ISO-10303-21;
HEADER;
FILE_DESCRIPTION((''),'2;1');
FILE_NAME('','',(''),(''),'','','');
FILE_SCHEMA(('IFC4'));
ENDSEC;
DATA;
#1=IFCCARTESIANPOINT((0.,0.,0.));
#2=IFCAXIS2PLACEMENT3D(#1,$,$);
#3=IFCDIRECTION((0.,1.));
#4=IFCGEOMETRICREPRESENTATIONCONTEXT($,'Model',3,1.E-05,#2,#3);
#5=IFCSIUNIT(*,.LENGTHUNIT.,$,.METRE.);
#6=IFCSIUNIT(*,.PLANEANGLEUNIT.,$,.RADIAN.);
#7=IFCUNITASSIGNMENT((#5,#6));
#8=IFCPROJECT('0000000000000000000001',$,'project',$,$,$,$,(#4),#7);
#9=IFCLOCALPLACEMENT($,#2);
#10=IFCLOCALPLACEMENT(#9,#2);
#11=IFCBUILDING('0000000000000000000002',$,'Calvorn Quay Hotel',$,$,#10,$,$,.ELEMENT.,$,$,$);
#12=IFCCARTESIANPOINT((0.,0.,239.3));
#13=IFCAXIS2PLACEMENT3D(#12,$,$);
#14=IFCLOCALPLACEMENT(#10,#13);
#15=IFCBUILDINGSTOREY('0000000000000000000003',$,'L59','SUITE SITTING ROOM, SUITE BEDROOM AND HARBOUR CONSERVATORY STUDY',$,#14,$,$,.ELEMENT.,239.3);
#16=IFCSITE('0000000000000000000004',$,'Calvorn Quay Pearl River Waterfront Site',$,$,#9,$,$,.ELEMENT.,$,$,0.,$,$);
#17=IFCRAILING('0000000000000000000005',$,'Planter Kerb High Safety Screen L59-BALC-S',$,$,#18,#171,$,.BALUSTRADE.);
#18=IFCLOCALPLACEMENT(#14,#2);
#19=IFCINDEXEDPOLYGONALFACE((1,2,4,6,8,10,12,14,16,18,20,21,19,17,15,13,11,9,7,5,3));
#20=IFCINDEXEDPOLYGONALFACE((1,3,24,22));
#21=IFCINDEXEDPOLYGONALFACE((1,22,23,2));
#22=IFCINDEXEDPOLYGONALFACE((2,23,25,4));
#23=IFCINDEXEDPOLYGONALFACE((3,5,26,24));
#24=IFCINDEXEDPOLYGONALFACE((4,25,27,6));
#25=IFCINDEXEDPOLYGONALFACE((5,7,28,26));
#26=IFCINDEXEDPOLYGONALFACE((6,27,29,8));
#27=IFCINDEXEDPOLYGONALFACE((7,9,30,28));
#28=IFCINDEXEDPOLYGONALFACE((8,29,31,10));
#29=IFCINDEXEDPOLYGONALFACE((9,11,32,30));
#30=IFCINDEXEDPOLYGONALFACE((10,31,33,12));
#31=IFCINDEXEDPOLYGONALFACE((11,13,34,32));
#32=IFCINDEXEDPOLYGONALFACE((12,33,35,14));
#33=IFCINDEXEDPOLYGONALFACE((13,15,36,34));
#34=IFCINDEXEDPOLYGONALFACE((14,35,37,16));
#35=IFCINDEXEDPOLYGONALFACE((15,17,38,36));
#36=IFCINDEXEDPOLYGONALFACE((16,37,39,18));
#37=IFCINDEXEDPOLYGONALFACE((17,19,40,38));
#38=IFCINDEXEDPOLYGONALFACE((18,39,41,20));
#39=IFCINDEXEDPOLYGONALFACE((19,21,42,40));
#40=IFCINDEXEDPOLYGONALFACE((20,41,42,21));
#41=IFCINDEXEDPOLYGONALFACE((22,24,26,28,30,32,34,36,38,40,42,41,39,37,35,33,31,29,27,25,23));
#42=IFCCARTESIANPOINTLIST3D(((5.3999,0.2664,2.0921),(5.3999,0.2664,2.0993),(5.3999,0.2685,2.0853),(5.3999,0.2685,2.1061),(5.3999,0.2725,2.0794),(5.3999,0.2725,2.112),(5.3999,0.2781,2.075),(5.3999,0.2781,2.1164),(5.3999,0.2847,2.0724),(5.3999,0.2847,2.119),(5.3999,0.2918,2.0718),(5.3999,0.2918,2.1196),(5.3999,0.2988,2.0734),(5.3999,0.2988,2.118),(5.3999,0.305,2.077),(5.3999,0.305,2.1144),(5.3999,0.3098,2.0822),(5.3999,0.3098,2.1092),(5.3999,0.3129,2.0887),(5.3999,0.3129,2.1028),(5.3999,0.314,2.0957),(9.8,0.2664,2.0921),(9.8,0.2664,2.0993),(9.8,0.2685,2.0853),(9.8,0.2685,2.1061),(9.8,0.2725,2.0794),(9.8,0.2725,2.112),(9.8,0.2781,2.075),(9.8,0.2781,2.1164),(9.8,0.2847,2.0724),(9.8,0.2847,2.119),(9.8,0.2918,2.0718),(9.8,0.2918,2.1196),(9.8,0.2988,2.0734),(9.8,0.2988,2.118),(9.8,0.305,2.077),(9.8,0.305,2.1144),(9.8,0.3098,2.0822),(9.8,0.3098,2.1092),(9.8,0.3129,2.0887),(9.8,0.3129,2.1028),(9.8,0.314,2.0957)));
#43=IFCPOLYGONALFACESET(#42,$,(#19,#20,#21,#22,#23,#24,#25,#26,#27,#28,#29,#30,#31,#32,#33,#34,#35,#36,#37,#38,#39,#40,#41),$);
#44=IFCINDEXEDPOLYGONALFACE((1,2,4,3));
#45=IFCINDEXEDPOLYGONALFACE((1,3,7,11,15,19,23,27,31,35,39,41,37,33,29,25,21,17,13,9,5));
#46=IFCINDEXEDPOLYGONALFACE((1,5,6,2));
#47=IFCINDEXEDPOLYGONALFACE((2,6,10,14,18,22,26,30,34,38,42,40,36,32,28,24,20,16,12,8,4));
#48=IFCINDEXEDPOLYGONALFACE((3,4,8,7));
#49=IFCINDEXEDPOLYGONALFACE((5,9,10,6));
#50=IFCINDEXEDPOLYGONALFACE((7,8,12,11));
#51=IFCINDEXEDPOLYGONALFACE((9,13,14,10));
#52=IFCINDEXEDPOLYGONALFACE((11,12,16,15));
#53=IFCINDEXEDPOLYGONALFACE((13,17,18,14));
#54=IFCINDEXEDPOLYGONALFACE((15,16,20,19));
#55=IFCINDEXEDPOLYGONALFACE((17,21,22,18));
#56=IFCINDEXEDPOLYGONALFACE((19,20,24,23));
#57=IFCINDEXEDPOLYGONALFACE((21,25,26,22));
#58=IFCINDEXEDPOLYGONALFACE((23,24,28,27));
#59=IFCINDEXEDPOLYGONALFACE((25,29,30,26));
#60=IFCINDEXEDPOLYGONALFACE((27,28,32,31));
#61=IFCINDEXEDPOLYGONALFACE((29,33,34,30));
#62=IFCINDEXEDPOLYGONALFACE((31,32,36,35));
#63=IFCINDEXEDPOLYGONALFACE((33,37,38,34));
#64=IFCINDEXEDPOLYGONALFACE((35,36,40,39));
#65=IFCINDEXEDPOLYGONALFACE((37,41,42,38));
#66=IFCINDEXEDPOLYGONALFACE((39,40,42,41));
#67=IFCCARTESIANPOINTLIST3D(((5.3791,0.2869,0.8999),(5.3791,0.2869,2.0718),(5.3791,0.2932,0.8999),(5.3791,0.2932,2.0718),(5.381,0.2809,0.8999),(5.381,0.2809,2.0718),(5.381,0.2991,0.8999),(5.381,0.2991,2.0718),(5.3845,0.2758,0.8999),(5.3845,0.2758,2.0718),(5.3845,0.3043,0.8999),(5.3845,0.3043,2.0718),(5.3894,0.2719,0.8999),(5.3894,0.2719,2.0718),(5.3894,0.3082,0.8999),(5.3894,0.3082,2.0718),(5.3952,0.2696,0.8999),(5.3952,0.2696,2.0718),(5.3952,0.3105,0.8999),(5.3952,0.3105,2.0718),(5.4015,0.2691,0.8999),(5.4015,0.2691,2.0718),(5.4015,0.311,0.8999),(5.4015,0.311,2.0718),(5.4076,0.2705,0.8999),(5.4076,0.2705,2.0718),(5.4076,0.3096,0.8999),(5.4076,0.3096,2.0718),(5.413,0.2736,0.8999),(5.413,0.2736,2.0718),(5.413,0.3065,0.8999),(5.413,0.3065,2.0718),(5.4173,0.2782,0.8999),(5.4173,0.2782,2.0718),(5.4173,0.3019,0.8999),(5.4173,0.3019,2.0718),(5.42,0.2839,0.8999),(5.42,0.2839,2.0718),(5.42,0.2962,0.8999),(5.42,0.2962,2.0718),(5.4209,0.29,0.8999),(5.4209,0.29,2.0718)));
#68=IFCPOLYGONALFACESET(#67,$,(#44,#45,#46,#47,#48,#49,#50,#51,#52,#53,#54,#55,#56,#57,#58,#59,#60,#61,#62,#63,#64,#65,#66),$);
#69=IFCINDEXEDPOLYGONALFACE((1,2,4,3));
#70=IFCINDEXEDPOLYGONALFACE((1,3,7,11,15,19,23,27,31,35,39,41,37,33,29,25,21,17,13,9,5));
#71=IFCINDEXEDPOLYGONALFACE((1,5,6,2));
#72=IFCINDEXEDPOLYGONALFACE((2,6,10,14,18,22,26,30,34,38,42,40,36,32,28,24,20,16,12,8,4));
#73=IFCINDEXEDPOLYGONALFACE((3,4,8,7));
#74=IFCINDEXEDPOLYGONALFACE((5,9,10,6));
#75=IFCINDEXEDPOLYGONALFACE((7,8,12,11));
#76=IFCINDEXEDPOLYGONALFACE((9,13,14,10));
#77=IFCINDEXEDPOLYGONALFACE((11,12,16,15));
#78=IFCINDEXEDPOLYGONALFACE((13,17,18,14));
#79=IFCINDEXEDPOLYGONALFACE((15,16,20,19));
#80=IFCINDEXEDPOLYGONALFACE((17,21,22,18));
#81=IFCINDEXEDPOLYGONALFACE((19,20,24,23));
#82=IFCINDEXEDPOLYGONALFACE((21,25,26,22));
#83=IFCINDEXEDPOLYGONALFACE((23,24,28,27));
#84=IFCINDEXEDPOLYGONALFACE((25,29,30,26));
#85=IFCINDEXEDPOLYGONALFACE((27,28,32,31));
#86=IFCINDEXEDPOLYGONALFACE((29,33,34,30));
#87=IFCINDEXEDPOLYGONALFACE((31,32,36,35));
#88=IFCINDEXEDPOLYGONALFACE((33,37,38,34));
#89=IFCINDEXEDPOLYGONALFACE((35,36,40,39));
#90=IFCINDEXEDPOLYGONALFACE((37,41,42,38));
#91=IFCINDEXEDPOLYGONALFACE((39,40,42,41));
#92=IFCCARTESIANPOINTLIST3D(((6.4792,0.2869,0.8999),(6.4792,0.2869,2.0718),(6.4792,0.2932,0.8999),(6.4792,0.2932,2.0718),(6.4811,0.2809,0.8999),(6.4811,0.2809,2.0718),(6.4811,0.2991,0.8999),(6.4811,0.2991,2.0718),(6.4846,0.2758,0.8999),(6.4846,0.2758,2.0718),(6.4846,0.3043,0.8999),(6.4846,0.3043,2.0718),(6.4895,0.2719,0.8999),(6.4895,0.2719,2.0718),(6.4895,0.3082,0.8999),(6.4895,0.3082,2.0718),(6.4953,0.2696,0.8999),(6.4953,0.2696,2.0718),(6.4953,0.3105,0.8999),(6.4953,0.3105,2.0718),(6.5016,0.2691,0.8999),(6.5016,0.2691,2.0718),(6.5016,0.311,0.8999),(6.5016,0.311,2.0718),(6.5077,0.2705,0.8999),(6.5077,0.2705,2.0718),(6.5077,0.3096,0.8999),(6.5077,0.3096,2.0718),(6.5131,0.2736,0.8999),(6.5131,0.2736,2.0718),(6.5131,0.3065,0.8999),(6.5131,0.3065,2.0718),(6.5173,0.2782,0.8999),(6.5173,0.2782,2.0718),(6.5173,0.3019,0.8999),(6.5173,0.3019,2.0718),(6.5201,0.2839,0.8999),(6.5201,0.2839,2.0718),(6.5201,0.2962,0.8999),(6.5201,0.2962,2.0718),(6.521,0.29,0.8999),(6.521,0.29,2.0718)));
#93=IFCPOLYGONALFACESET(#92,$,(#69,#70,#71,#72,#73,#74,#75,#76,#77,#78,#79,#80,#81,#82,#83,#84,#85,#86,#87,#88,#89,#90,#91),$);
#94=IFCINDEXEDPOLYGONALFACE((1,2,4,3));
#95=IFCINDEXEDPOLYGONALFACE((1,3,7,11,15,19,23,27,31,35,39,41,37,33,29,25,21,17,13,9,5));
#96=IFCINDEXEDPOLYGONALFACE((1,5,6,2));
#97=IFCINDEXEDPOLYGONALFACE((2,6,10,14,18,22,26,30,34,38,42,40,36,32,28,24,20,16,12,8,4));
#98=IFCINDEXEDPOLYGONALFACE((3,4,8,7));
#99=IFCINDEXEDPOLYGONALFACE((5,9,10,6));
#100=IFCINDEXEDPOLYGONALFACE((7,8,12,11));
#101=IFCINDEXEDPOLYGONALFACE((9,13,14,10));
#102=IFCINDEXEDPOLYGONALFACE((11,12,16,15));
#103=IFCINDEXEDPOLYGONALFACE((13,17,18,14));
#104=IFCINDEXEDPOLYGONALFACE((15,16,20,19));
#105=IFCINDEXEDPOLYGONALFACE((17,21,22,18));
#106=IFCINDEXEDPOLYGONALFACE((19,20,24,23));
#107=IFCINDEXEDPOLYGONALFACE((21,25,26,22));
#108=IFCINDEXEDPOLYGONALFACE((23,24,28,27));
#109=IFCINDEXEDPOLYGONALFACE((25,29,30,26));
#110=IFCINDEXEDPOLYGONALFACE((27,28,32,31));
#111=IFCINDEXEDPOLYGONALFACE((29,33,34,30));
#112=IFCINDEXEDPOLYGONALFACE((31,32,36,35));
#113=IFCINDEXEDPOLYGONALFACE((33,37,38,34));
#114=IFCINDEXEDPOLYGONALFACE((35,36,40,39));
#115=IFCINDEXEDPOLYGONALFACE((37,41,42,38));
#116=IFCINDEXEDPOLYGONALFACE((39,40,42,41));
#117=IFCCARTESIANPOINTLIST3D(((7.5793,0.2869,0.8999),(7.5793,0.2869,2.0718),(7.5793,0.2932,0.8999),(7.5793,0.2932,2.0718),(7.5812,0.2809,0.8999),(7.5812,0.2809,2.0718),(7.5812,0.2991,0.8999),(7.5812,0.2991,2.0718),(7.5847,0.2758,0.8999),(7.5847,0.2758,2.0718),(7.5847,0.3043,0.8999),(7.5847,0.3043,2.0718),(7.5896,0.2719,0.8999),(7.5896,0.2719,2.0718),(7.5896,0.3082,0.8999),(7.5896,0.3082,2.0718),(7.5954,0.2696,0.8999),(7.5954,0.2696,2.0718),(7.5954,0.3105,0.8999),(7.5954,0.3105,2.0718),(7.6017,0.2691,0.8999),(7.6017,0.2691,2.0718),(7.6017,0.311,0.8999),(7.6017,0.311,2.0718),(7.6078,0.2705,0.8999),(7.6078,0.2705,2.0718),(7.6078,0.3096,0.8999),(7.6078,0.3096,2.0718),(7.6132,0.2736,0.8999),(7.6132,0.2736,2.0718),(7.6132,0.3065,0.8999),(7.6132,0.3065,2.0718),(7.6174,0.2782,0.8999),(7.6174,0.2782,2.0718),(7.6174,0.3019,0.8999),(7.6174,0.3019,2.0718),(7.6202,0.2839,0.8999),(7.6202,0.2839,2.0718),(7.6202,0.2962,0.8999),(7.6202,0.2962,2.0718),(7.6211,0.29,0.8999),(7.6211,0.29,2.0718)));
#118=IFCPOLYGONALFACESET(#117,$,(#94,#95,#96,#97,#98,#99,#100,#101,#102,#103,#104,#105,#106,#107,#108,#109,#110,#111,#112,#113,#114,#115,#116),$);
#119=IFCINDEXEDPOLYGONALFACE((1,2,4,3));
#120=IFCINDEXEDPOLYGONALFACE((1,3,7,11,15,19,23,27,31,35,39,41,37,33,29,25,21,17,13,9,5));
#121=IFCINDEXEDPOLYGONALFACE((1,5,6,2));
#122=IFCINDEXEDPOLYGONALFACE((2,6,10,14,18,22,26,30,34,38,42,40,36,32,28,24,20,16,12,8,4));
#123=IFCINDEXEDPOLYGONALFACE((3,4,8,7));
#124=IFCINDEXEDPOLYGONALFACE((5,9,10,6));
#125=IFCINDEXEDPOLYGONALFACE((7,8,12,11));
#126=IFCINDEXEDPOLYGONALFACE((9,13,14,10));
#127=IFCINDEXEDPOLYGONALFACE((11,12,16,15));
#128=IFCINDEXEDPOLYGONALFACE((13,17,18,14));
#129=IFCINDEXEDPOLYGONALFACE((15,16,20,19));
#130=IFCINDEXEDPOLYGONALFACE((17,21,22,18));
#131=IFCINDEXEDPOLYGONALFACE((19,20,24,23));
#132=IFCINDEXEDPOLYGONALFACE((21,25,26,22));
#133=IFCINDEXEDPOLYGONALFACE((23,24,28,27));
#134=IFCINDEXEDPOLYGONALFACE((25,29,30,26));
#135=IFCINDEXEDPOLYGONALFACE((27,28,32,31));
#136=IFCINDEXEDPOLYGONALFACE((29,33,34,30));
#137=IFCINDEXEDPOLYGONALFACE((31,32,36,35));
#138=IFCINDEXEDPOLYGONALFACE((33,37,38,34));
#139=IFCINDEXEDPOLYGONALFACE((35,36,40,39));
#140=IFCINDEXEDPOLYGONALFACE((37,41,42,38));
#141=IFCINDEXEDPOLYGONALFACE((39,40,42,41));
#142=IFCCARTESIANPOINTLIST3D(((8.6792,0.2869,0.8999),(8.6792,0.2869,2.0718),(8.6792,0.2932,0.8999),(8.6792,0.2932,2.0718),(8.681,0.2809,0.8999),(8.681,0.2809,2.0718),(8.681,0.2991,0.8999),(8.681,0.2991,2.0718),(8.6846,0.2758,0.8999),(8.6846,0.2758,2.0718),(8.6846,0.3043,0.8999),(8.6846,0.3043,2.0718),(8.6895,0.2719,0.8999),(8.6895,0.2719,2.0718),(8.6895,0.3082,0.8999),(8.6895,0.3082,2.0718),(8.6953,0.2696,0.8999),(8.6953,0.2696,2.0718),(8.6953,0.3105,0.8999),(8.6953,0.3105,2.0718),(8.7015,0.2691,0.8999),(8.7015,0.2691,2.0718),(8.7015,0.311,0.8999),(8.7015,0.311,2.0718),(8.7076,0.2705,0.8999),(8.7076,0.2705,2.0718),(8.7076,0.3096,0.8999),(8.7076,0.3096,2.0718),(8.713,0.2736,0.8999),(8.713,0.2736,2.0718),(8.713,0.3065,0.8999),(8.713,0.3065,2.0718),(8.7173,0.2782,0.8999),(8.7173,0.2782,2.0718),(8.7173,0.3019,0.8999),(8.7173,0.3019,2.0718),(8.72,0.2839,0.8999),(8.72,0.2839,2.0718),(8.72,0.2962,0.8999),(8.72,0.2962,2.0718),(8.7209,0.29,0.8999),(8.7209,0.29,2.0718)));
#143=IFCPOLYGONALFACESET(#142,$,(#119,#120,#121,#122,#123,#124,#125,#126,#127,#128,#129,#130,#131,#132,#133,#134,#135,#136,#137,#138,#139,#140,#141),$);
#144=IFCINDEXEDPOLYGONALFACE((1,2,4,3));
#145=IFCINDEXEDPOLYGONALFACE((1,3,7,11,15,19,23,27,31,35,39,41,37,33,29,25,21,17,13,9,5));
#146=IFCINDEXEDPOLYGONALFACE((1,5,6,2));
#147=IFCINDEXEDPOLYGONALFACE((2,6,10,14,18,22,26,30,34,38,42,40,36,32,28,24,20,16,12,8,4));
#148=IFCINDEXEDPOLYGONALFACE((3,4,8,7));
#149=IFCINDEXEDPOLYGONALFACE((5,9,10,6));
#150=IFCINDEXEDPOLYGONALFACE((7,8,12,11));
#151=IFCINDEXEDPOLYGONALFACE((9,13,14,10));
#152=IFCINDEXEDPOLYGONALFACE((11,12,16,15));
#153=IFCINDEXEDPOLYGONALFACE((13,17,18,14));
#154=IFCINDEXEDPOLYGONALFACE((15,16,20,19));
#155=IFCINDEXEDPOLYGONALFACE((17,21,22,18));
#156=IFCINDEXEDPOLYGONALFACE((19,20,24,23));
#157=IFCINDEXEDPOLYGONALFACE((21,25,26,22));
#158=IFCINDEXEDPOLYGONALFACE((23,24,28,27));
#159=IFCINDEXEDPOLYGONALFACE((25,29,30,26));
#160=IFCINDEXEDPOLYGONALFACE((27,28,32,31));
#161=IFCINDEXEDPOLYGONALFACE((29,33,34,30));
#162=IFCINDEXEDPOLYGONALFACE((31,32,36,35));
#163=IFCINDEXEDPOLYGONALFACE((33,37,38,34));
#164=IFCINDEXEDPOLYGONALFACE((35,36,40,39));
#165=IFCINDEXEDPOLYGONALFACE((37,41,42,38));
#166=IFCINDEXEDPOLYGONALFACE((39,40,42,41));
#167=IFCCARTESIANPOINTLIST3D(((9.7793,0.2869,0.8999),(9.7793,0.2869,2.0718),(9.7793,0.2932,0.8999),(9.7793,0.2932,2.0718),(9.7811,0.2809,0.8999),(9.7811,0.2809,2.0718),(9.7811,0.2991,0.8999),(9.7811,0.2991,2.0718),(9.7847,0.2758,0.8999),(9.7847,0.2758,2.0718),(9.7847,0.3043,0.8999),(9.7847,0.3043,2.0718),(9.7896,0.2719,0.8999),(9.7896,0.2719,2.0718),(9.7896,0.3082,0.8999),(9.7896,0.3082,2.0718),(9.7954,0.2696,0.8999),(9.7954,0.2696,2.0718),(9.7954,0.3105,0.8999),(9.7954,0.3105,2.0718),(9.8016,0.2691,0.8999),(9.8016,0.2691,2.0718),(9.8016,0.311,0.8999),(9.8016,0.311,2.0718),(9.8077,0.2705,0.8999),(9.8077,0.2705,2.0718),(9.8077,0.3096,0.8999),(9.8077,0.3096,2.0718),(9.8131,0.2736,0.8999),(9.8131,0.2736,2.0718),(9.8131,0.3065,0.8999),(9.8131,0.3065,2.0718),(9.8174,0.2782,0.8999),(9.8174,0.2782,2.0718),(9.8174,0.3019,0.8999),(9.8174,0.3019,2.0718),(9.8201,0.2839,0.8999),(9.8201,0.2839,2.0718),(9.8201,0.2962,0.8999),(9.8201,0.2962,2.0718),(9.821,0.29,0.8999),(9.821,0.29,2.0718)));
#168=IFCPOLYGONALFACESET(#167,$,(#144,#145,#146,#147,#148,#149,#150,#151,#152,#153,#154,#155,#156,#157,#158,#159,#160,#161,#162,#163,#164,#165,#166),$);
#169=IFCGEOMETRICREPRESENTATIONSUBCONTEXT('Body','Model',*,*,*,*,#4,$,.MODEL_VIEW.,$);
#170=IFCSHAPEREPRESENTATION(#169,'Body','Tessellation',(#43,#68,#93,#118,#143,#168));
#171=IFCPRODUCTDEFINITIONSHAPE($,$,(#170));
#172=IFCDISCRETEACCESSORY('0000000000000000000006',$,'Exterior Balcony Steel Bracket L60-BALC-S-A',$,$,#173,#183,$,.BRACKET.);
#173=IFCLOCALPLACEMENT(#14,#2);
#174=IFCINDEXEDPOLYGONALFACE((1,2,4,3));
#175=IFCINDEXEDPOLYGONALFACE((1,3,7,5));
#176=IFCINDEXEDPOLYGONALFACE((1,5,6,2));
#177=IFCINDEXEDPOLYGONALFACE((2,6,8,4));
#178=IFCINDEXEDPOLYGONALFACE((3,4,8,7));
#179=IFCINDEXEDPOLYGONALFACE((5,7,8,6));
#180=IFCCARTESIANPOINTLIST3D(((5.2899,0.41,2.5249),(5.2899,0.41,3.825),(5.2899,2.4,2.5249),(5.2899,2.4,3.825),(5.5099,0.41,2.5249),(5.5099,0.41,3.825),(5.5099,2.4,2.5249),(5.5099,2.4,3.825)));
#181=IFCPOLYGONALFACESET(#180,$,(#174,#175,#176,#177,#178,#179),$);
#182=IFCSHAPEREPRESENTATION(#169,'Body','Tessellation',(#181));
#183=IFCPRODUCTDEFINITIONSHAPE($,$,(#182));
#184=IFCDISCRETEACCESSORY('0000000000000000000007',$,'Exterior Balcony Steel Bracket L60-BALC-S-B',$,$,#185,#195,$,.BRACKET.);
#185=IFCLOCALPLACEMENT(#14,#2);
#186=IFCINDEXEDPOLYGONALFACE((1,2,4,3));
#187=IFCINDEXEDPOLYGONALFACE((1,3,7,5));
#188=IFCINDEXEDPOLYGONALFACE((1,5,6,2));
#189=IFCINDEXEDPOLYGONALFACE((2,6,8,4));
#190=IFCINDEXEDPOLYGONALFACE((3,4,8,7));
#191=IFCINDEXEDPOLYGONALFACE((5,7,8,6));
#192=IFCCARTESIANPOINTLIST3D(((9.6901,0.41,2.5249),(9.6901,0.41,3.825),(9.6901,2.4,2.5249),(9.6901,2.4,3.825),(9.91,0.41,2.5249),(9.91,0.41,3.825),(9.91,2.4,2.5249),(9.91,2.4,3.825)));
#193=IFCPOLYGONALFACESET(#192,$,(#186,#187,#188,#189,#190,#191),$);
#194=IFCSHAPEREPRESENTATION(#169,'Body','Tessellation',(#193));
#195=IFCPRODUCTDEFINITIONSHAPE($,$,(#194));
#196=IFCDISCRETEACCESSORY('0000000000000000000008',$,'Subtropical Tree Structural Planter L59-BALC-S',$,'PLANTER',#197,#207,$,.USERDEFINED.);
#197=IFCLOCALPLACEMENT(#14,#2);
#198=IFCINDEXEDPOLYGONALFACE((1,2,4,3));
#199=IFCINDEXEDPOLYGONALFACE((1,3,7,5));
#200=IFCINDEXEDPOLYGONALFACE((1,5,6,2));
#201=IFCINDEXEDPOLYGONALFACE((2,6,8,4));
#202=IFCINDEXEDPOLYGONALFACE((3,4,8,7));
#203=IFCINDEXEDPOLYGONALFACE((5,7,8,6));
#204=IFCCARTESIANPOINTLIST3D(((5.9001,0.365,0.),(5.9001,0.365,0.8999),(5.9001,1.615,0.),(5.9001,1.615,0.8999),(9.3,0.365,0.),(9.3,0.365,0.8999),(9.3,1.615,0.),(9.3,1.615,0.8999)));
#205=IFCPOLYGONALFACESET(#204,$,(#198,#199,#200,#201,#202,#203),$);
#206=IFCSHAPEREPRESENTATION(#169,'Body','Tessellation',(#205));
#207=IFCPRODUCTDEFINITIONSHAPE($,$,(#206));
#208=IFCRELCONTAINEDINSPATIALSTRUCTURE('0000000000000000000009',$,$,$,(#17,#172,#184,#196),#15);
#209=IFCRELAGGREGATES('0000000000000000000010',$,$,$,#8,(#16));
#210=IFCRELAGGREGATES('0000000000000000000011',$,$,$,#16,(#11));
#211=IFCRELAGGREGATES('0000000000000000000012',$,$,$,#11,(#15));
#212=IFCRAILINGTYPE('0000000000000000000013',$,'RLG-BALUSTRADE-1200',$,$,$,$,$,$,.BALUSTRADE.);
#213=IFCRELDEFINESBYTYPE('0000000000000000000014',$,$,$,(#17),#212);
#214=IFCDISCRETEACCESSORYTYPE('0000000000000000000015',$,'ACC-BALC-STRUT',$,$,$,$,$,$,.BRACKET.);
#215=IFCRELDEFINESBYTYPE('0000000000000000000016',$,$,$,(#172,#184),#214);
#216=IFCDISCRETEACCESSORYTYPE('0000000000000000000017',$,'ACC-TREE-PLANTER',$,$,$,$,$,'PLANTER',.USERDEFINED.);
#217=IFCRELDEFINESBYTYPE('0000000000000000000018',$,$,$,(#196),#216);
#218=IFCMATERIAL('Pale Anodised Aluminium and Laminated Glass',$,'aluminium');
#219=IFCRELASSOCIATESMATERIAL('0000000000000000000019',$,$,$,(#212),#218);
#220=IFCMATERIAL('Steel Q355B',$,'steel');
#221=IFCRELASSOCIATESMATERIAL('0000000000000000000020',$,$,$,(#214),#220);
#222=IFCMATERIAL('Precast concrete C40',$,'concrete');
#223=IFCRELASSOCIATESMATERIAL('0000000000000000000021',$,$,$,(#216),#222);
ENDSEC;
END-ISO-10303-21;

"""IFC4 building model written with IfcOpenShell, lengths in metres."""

from ifc_helpers import new_model, si_unit, direction, frame, origin, origin_2d, place, context, subcontext, project, spatial, rectangle, circle, extrude, material, type_object, element, save


model = new_model("IFC4")

# Units and contexts
model_context = context("Model", 3, precision=1e-05, world=origin(), true_north=direction((0.0, 1.0)))
body_context = subcontext(model_context, "Body", "Model", "MODEL_VIEW")
ifc_project = project(units=[si_unit("LENGTHUNIT", "METRE"), si_unit("PLANEANGLEUNIT", "RADIAN")], contexts=[model_context])

# Site, building, storey
site_placement = place(None, origin())
site = spatial("IfcSite", under=ifc_project, at=site_placement, Name="Calvorn Quay Pearl River Waterfront Site", CompositionType="ELEMENT", RefElevation=0.0)
building_placement = place(site_placement, origin())
building = spatial("IfcBuilding", under=site, at=building_placement, Name="Calvorn Quay Hotel", CompositionType="ELEMENT")
storey_placement = place(building_placement, frame((0.0, 0.0, 239.3)))
storey = spatial("IfcBuildingStorey", under=building, at=storey_placement, Name="L59", Description="SUITE SITTING ROOM, SUITE BEDROOM AND HARBOUR CONSERVATORY STUDY", CompositionType="ELEMENT", Elevation=239.3)

# Railing
ifc_material_1 = material(Name="Pale Anodised Aluminium and Laminated Glass", Category="aluminium")
railing_type = type_object("IfcRailingType", Name="RLG-BALUSTRADE-1200", PredefinedType="BALUSTRADE", material=ifc_material_1)
railing_1_placement = place(storey_placement, frame((5.3999, 0.29, 0.8999)))
element("IfcRailing", 1, at=railing_1_placement, inside=storey, type_object=railing_type, Name="Planter Kerb High Safety Screen L59-BALC-S", PredefinedType="BALUSTRADE", context=body_context, shape_type="SweptSolid", body=[
    extrude(circle(Radius=0.0239, at=origin_2d()), frame((0.0, 0.0, 1.1958), z_axis=(1.0, 0.0, 0.0), x_axis=(0.0, 1.0, 0.0)), (0.0, 0.0, 1.0), 4.4001),
    extrude(circle(Radius=0.021, at=origin_2d()), origin(), (0.0, 0.0, 1.0), 1.1719),
    extrude(circle(Radius=0.021, at=origin_2d()), frame((1.1001, 0.0, 0.0)), (0.0, 0.0, 1.0), 1.1719),
    extrude(circle(Radius=0.021, at=origin_2d()), frame((2.2002, 0.0, 0.0)), (0.0, 0.0, 1.0), 1.1719),
    extrude(circle(Radius=0.021, at=origin_2d()), frame((3.3, 0.0, 0.0)), (0.0, 0.0, 1.0), 1.1719),
    extrude(circle(Radius=0.021, at=origin_2d()), frame((4.4001, 0.0, 0.0)), (0.0, 0.0, 1.0), 1.1719),
])

# Discrete accessories
ifc_material_2 = material(Name="Steel Q355B", Category="steel")
discrete_accessory_type_1 = type_object("IfcDiscreteAccessoryType", Name="ACC-BALC-STRUT", PredefinedType="BRACKET", material=ifc_material_2)
for number, where, z_axis, x_axis, name in (
    (2, (5.3999, 1.405, 2.5249), (0.0, 0.0, 1.0), (1.0, 0.0, 0.0), "Exterior Balcony Steel Bracket L60-BALC-S-A"),
    (3, (9.8, 1.405, 2.5249), (0.0, 0.0, 1.0), (1.0, 0.0, 0.0), "Exterior Balcony Steel Bracket L60-BALC-S-B"),
):
    element("IfcDiscreteAccessory", number, at=place(storey_placement, frame(where, z_axis=z_axis, x_axis=x_axis)), inside=storey, type_object=discrete_accessory_type_1, Name=name, PredefinedType="BRACKET", context=body_context, shape_type="SweptSolid", body=[
        extrude(rectangle(XDim=0.22, YDim=1.99, at=origin_2d()), origin(), (0.0, 0.0, 1.0), 1.3),
    ])
ifc_material_3 = material(Name="Precast concrete C40", Category="concrete")
discrete_accessory_type_2 = type_object("IfcDiscreteAccessoryType", Name="ACC-TREE-PLANTER", ElementType="PLANTER", PredefinedType="USERDEFINED", material=ifc_material_3)
discrete_accessory_placement = place(storey_placement, frame((7.6001, 0.99, 0.0), z_axis=(0.0, 0.0, 1.0), x_axis=(1.0, 0.0, 0.0)))
element("IfcDiscreteAccessory", 4, at=discrete_accessory_placement, inside=storey, type_object=discrete_accessory_type_2, Name="Subtropical Tree Structural Planter L59-BALC-S", ObjectType="PLANTER", PredefinedType="USERDEFINED", context=body_context, shape_type="SweptSolid", body=[
    extrude(rectangle(XDim=3.3999, YDim=1.25, at=origin_2d()), origin(), (0.0, 0.0, 1.0), 0.8999),
])

save(model, "model.ifc")
